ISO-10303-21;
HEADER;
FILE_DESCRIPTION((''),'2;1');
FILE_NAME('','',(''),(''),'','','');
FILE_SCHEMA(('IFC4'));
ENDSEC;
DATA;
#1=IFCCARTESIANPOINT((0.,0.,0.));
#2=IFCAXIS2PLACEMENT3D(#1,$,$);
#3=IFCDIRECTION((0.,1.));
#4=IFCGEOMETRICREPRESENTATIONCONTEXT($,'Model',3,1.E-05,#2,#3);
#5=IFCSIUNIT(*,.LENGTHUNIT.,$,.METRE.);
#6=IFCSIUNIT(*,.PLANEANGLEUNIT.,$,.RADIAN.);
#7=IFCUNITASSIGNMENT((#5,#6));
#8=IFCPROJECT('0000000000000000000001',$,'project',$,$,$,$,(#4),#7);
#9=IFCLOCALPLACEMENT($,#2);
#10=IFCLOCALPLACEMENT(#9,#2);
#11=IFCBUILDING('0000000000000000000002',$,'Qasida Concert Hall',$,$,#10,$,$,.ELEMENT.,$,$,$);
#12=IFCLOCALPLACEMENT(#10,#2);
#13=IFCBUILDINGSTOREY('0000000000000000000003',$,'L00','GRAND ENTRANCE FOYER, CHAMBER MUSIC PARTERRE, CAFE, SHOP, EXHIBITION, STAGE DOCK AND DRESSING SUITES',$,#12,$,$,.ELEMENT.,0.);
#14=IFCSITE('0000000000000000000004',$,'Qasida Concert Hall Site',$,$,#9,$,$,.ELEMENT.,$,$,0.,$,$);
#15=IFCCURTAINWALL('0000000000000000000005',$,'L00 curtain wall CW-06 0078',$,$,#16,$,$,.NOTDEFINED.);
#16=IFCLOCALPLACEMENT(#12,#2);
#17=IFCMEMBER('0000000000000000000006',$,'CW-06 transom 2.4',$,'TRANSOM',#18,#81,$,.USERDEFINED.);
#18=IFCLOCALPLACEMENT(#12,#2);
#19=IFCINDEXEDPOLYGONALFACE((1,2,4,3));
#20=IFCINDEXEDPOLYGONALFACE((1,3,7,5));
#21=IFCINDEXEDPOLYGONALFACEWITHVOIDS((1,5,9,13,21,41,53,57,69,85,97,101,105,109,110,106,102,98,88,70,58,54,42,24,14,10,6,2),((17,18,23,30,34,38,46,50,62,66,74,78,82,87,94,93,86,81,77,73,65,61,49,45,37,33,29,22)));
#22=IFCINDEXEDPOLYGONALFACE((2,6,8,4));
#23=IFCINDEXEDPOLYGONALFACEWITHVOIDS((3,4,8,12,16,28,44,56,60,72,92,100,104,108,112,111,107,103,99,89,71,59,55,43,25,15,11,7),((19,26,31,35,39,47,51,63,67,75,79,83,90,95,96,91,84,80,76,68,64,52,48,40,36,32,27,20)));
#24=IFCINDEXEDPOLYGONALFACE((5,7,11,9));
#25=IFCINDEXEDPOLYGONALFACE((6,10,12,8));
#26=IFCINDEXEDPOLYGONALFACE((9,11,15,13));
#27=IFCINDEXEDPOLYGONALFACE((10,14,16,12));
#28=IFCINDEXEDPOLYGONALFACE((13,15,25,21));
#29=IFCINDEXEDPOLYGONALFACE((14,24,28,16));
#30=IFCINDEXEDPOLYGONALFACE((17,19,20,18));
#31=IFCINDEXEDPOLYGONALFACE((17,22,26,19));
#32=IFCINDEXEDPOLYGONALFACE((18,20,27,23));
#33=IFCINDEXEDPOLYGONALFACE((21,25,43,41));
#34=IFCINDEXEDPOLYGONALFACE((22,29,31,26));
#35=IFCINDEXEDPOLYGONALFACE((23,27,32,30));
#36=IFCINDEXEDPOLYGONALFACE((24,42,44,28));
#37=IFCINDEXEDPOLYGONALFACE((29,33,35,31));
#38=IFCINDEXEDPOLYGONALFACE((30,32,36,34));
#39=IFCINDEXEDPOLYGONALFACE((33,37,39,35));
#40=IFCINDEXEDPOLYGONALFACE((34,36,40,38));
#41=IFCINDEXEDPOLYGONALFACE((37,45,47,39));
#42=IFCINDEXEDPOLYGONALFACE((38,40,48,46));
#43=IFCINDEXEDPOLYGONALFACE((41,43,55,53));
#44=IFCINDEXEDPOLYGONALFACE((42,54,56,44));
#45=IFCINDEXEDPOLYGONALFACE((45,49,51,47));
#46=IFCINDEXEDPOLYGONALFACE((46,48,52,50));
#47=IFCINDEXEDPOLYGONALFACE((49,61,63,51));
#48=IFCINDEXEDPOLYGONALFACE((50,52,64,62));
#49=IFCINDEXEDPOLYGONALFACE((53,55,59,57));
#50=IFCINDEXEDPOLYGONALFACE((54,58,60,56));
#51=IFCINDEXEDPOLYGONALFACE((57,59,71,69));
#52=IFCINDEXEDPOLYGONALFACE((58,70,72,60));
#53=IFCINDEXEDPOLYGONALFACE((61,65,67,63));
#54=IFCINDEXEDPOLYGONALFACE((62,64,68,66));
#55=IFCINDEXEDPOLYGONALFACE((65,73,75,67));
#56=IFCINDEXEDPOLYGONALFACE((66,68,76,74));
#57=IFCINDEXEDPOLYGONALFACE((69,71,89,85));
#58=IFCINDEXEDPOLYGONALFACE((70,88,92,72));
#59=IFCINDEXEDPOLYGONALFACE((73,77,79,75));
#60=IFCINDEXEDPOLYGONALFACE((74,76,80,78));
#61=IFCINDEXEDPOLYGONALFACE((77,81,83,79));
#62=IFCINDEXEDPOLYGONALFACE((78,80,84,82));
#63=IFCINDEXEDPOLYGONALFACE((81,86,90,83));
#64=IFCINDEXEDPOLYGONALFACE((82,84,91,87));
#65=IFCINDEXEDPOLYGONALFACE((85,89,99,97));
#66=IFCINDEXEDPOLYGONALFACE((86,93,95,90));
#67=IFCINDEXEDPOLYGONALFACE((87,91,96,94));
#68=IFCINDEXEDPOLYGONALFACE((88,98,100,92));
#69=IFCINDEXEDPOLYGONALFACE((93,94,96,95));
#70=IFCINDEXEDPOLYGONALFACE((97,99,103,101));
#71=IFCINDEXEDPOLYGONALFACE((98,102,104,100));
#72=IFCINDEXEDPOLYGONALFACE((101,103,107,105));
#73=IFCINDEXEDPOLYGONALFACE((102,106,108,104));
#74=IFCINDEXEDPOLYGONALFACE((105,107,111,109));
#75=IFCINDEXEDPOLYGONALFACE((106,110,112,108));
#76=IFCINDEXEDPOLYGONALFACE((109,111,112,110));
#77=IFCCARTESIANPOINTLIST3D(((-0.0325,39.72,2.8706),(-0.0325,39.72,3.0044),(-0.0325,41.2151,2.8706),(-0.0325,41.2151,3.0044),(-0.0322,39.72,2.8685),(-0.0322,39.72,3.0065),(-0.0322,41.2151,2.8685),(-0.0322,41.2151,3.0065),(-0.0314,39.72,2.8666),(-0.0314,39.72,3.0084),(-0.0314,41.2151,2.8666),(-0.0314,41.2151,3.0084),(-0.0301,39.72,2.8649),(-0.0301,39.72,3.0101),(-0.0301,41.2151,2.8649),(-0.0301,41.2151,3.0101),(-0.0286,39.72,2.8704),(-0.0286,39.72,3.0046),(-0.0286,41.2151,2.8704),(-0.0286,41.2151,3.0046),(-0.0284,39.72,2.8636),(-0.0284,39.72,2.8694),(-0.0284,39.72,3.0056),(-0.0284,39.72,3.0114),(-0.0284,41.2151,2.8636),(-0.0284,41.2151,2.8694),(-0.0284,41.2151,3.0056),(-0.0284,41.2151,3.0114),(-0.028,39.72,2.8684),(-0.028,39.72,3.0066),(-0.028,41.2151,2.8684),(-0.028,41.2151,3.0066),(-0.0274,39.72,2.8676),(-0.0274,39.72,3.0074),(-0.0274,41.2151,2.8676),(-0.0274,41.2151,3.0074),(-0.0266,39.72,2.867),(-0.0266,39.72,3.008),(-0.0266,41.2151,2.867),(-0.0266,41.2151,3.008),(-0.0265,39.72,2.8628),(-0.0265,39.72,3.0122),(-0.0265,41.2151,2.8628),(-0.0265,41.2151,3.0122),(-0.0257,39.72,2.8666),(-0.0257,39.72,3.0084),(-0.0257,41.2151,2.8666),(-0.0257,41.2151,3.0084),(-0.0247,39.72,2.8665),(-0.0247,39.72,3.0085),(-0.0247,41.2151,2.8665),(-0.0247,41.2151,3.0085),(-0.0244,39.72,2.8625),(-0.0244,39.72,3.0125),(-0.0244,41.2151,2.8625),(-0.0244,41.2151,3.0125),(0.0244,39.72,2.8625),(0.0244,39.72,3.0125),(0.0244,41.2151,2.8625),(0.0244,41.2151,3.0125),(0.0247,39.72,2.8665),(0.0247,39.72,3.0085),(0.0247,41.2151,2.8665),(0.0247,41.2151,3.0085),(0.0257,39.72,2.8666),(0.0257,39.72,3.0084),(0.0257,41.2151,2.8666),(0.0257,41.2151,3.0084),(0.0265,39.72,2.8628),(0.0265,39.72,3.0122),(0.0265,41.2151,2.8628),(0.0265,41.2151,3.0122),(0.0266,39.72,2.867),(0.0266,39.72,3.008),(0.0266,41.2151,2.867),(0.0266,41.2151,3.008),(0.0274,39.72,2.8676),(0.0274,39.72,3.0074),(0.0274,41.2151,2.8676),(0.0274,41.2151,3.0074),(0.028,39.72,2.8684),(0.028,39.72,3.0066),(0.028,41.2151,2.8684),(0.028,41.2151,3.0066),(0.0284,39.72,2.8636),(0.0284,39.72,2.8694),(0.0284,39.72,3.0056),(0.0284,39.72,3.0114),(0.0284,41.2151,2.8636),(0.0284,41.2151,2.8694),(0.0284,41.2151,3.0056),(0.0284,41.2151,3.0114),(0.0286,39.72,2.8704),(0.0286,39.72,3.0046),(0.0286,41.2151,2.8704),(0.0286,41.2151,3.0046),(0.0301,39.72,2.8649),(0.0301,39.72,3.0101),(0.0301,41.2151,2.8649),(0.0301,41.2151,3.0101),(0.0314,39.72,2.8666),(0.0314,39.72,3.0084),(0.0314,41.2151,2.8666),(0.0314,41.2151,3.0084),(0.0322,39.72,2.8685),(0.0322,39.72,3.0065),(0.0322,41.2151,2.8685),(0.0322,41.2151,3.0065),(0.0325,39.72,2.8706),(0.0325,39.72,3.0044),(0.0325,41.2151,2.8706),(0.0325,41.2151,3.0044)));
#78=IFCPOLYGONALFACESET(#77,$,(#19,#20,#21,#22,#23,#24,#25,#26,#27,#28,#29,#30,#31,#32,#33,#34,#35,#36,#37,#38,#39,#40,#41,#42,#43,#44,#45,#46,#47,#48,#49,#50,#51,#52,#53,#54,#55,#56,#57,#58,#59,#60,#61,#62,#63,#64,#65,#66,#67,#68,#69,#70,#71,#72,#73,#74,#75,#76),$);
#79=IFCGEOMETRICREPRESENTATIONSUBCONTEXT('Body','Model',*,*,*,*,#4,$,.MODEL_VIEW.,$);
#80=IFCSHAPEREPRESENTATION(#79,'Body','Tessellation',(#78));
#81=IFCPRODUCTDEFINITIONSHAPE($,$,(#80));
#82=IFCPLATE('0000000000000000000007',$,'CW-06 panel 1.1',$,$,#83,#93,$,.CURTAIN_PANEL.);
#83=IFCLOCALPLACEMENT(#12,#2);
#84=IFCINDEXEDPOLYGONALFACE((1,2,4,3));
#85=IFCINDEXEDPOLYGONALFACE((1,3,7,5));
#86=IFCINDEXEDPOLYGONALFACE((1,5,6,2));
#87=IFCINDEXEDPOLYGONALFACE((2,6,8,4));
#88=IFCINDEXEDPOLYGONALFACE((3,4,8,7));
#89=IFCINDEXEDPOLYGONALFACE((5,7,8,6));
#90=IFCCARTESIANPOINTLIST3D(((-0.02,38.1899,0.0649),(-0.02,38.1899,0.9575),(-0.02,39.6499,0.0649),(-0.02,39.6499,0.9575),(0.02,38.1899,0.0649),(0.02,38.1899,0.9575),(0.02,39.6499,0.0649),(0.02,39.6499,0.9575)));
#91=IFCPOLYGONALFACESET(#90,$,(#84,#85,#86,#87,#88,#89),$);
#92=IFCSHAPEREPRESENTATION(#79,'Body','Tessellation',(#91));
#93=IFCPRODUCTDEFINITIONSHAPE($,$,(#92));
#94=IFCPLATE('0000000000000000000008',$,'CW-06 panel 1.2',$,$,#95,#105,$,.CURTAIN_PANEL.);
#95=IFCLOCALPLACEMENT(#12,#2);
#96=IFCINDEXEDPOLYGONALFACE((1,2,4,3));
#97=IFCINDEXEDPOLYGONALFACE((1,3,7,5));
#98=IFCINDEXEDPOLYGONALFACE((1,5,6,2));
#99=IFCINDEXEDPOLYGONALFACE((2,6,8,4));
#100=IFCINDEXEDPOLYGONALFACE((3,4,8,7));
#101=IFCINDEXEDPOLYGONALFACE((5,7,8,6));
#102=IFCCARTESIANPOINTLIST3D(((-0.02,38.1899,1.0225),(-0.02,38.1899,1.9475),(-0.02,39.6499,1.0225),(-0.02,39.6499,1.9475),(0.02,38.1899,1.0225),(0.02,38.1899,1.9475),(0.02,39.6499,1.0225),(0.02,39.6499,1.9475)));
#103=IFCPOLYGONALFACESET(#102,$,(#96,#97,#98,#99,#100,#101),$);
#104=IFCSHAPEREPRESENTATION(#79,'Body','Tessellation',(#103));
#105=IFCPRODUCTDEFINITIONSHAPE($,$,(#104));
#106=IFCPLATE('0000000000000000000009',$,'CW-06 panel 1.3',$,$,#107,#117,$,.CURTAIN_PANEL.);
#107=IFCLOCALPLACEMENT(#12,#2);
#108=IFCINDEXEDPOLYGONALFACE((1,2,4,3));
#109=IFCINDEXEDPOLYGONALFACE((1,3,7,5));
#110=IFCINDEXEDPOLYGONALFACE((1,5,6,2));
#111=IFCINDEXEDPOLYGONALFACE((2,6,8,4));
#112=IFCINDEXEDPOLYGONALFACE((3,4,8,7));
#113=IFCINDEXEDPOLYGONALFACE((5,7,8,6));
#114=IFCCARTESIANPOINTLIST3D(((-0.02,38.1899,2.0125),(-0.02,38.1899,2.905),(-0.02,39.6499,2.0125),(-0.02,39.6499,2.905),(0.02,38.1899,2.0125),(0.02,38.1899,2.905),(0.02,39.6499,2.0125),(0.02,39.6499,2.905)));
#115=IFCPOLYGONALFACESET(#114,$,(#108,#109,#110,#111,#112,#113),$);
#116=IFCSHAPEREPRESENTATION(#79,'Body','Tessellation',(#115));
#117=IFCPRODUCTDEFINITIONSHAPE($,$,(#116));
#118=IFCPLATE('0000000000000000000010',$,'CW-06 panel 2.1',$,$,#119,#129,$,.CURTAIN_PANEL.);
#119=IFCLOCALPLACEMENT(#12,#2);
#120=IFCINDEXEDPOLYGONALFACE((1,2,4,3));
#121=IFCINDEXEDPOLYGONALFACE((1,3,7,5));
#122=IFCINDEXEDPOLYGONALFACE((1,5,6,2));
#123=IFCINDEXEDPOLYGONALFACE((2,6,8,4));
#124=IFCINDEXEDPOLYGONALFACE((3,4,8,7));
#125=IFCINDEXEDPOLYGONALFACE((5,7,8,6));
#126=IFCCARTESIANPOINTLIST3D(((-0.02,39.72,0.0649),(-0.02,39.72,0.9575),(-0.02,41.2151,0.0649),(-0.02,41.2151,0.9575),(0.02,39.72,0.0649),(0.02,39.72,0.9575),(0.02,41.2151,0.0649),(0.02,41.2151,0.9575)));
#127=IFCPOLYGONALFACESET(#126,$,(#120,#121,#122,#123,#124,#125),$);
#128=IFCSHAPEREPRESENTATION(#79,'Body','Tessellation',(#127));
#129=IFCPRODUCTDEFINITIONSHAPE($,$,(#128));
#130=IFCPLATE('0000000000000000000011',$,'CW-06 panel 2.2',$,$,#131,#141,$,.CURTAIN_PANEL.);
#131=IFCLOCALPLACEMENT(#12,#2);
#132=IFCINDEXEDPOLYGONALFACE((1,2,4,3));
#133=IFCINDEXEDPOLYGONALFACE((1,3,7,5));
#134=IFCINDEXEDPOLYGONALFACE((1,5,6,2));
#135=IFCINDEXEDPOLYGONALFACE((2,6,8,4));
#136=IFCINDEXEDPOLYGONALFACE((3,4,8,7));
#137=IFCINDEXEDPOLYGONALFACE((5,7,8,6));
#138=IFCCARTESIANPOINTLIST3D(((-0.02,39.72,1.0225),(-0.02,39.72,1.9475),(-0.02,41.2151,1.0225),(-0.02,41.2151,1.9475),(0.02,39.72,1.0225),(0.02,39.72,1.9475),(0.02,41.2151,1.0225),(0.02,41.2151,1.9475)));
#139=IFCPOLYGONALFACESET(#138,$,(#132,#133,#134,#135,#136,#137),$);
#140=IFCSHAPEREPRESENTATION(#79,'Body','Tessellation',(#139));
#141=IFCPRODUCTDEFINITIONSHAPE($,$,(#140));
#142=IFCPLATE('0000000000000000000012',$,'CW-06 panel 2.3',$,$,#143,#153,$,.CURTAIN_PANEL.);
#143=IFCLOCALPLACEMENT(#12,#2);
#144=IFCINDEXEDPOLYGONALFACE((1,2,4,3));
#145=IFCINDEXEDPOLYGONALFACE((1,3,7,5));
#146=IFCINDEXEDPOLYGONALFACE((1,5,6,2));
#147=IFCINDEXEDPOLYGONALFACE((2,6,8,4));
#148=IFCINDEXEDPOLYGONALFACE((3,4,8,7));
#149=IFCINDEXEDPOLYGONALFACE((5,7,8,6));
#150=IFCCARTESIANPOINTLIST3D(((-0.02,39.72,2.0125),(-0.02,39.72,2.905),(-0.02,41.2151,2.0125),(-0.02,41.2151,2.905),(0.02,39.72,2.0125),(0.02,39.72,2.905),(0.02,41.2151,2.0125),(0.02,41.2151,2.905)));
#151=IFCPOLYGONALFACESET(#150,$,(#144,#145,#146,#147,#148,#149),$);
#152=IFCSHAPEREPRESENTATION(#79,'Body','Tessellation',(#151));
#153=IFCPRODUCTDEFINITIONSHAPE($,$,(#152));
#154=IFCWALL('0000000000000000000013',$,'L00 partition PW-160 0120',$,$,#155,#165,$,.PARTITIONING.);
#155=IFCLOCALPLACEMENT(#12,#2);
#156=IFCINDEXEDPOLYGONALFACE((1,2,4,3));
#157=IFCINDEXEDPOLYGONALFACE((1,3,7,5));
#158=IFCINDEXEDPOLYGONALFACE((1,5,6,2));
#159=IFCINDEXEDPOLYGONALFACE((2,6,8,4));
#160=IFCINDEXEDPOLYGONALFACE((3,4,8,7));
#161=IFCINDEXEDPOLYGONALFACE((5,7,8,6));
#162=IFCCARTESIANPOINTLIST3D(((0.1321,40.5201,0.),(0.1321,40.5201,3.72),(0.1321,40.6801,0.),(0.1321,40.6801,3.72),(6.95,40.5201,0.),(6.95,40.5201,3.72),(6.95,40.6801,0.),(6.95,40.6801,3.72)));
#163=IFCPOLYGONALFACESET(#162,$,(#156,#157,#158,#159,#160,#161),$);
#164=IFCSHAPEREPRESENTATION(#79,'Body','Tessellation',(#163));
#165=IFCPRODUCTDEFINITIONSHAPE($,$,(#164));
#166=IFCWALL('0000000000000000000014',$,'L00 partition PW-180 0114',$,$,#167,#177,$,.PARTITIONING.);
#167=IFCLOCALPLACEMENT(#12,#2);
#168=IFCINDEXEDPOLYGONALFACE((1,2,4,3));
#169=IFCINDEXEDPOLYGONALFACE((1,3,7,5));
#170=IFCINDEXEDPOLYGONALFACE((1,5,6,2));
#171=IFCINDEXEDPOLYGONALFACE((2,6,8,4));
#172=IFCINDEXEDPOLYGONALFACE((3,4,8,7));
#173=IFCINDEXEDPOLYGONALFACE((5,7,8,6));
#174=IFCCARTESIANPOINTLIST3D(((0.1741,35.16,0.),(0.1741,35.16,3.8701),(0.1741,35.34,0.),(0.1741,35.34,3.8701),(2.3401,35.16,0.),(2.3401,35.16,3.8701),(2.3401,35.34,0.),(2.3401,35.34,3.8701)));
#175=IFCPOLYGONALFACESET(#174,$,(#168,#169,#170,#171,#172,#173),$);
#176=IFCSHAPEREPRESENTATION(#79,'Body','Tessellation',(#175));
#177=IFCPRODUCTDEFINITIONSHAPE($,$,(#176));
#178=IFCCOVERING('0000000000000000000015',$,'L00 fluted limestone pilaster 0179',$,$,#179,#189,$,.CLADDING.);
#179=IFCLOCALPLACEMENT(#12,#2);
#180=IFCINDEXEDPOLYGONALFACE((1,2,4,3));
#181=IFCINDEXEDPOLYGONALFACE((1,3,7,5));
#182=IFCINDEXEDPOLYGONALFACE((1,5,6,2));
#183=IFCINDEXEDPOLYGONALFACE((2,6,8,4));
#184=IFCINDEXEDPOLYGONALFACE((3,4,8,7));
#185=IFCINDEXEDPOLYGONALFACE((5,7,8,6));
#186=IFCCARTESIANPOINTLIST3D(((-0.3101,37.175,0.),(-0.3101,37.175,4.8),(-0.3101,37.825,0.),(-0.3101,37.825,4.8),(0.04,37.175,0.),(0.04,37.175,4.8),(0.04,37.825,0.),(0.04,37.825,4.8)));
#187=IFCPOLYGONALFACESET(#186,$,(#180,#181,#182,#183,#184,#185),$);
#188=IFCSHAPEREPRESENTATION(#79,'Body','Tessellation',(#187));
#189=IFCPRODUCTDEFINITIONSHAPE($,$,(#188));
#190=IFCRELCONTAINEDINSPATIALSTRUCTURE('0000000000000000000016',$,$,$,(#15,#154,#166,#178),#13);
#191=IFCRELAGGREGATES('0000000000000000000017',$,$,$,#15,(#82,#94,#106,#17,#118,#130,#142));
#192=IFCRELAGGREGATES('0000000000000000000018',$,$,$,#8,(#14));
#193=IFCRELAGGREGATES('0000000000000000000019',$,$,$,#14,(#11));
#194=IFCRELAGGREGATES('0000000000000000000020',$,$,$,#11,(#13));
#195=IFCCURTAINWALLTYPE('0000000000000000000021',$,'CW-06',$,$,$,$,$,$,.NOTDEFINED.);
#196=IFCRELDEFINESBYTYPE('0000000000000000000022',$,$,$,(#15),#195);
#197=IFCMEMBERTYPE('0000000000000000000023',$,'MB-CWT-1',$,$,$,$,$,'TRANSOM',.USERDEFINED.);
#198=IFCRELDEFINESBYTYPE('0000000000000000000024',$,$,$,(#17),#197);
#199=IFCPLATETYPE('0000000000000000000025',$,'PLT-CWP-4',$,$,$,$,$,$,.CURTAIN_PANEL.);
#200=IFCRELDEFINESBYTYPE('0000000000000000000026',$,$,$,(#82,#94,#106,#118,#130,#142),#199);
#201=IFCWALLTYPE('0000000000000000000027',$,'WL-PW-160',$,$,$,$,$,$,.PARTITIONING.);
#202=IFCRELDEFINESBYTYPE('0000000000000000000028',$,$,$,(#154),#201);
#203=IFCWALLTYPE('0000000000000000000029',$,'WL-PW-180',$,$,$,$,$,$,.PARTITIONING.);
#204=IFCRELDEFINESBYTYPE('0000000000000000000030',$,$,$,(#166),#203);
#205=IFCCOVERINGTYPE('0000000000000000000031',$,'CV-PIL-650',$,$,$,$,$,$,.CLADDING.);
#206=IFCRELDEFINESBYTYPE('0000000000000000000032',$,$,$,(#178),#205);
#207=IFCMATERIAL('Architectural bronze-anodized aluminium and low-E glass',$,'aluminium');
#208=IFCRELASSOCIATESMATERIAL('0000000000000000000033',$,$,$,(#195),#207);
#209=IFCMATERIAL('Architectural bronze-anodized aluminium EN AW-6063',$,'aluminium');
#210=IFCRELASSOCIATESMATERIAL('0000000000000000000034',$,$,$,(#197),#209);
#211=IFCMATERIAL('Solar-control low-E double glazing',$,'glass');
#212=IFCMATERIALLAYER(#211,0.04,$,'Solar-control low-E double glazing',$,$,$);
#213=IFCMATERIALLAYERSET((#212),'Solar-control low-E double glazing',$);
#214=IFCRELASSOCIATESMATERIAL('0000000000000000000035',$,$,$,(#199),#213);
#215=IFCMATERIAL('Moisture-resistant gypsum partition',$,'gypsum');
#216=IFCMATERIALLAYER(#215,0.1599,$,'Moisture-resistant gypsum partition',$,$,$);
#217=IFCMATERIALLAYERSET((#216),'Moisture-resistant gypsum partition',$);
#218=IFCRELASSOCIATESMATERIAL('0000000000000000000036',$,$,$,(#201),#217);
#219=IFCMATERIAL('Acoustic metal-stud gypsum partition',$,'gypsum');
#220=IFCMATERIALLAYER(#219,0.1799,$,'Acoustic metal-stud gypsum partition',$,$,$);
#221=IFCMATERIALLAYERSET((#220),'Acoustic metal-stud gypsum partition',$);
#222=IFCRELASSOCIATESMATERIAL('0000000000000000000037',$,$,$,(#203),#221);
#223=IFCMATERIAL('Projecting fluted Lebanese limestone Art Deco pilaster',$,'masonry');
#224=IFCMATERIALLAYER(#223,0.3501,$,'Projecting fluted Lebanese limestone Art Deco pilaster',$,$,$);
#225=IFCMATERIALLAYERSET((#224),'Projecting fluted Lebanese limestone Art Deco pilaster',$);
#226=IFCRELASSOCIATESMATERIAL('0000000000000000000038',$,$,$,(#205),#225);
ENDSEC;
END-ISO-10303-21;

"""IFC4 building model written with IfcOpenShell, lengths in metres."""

from ifc_helpers import new_model, si_unit, direction, frame, frame_2d, origin, origin_2d, place, context, subcontext, project, spatial, rectangle, hollow_rectangle, extrude, material, layer, layer_set, material_profile, profile_set, type_object, element, aggregate, save


model = new_model("IFC4")

# Units and contexts
model_context = context("Model", 3, precision=1e-05, world=origin(), true_north=direction((0.0, 1.0)))
body_context = subcontext(model_context, "Body", "Model", "MODEL_VIEW")
ifc_project = project(units=[si_unit("LENGTHUNIT", "METRE"), si_unit("PLANEANGLEUNIT", "RADIAN")], contexts=[model_context])

# Site, building, storey
site_placement = place(None, origin())
site = spatial("IfcSite", under=ifc_project, at=site_placement, Name="Qasida Concert Hall Site", CompositionType="ELEMENT", RefElevation=0.0)
building_placement = place(site_placement, origin())
building = spatial("IfcBuilding", under=site, at=building_placement, Name="Qasida Concert Hall", CompositionType="ELEMENT")
storey_placement = place(building_placement, origin())
storey = spatial("IfcBuildingStorey", under=building, at=storey_placement, Name="L00", Description="GRAND ENTRANCE FOYER, CHAMBER MUSIC PARTERRE, CAFE, SHOP, EXHIBITION, STAGE DOCK AND DRESSING SUITES", CompositionType="ELEMENT", Elevation=0.0)

# Curtain wall, member, plates
ifc_material_1 = material(Name="Architectural bronze-anodized aluminium and low-E glass", Category="aluminium")
curtain_wall_type = type_object("IfcCurtainWallType", Name="CW-06", PredefinedType="NOTDEFINED", material=ifc_material_1)
curtain_wall_placement = place(storey_placement, origin())
curtain_wall = element("IfcCurtainWall", 1, at=curtain_wall_placement, inside=storey, type_object=curtain_wall_type, Name="L00 curtain wall CW-06 0078", PredefinedType="NOTDEFINED")
ifc_material_2 = material(Name="Architectural bronze-anodized aluminium EN AW-6063", Category="aluminium")
ifc_material_profile_1 = material_profile(ifc_material_2, hollow_rectangle(XDim=0.0649, YDim=0.1499, WallThickness=0.0039, InnerFilletRadius=0.0039, OuterFilletRadius=0.0081, at=origin_2d()), Name="CWT 150x65x4")
ifc_profile_set_1 = profile_set([ifc_material_profile_1], Name="Architectural bronze-anodized aluminium EN AW-6063")
member_type_1 = type_object("IfcMemberType", Name="MB-CWT-1", ElementType="TRANSOM", PredefinedType="USERDEFINED", material=ifc_profile_set_1)
member_1_placement = place(storey_placement, frame((0.0, 39.72, 2.9375), z_axis=(0.0, 1.0, 0.0), x_axis=(-1.0, 0.0, 0.0)))
member_1 = element("IfcMember", 2, at=member_1_placement, type_object=member_type_1, Name="CW-06 transom 2.4", ObjectType="TRANSOM", PredefinedType="USERDEFINED", context=body_context, shape_type="SweptSolid", body=[
    extrude(hollow_rectangle(XDim=0.0649, YDim=0.1499, WallThickness=0.0039, InnerFilletRadius=0.0039, OuterFilletRadius=0.0081, at=origin_2d()), origin(), (0.0, 0.0, 1.0), 1.4951),
])
ifc_material_3 = material(Name="Solar-control low-E double glazing", Category="glass")
ifc_layer_1 = layer(ifc_material_3, 0.04, Name="Solar-control low-E double glazing")
ifc_layer_set_1 = layer_set([ifc_layer_1], Name="Solar-control low-E double glazing")
plate_type = type_object("IfcPlateType", Name="PLT-CWP-4", PredefinedType="CURTAIN_PANEL", material=ifc_layer_set_1)
plate_1_placement = place(storey_placement, frame((0.0, 38.9199, 0.0649), z_axis=(0.0, 0.0, 1.0), x_axis=(0.0, 1.0, 0.0)))
plate_1 = element("IfcPlate", 3, at=plate_1_placement, type_object=plate_type, Name="CW-06 panel 1.1", PredefinedType="CURTAIN_PANEL", context=body_context, shape_type="SweptSolid", body=[
    extrude(rectangle(XDim=1.46, YDim=0.04, at=origin_2d()), origin(), (0.0, 0.0, 1.0), 0.8926),
])
plate_2_placement = place(storey_placement, frame((0.0, 38.9199, 1.0225), z_axis=(0.0, 0.0, 1.0), x_axis=(0.0, 1.0, 0.0)))
plate_2 = element("IfcPlate", 4, at=plate_2_placement, type_object=plate_type, Name="CW-06 panel 1.2", PredefinedType="CURTAIN_PANEL", context=body_context, shape_type="SweptSolid", body=[
    extrude(rectangle(XDim=1.46, YDim=0.04, at=origin_2d()), origin(), (0.0, 0.0, 1.0), 0.925),
])
plate_3_placement = place(storey_placement, frame((0.0, 38.9199, 2.0125), z_axis=(0.0, 0.0, 1.0), x_axis=(0.0, 1.0, 0.0)))
plate_3 = element("IfcPlate", 5, at=plate_3_placement, type_object=plate_type, Name="CW-06 panel 1.3", PredefinedType="CURTAIN_PANEL", context=body_context, shape_type="SweptSolid", body=[
    extrude(rectangle(XDim=1.46, YDim=0.04, at=origin_2d()), origin(), (0.0, 0.0, 1.0), 0.8926),
])
plate_4_placement = place(storey_placement, frame((0.0, 40.4675, 0.0649), z_axis=(0.0, 0.0, 1.0), x_axis=(0.0, 1.0, 0.0)))
plate_4 = element("IfcPlate", 6, at=plate_4_placement, type_object=plate_type, Name="CW-06 panel 2.1", PredefinedType="CURTAIN_PANEL", context=body_context, shape_type="SweptSolid", body=[
    extrude(rectangle(XDim=1.4951, YDim=0.04, at=origin_2d()), origin(), (0.0, 0.0, 1.0), 0.8926),
])
plate_5_placement = place(storey_placement, frame((0.0, 40.4675, 1.0225), z_axis=(0.0, 0.0, 1.0), x_axis=(0.0, 1.0, 0.0)))
plate_5 = element("IfcPlate", 7, at=plate_5_placement, type_object=plate_type, Name="CW-06 panel 2.2", PredefinedType="CURTAIN_PANEL", context=body_context, shape_type="SweptSolid", body=[
    extrude(rectangle(XDim=1.4951, YDim=0.04, at=origin_2d()), origin(), (0.0, 0.0, 1.0), 0.925),
])
plate_6_placement = place(storey_placement, frame((0.0, 40.4675, 2.0125), z_axis=(0.0, 0.0, 1.0), x_axis=(0.0, 1.0, 0.0)))
plate_6 = element("IfcPlate", 8, at=plate_6_placement, type_object=plate_type, Name="CW-06 panel 2.3", PredefinedType="CURTAIN_PANEL", context=body_context, shape_type="SweptSolid", body=[
    extrude(rectangle(XDim=1.4951, YDim=0.04, at=origin_2d()), origin(), (0.0, 0.0, 1.0), 0.8926),
])
aggregate(curtain_wall, [plate_1, plate_2, plate_3, member_1, plate_4, plate_5, plate_6])

# Walls
ifc_material_4 = material(Name="Moisture-resistant gypsum partition", Category="gypsum")
ifc_layer_2 = layer(ifc_material_4, 0.1599, Name="Moisture-resistant gypsum partition")
ifc_layer_set_2 = layer_set([ifc_layer_2], Name="Moisture-resistant gypsum partition")
wall_type_1 = type_object("IfcWallType", Name="WL-PW-160", PredefinedType="PARTITIONING", material=ifc_layer_set_2)
wall_1_placement = place(storey_placement, frame((0.1321, 40.6001, 0.0), z_axis=(0.0, 0.0, 1.0), x_axis=(1.0, 0.0, 0.0)))
element("IfcWall", 9, at=wall_1_placement, inside=storey, type_object=wall_type_1, Name="L00 partition PW-160 0120", PredefinedType="PARTITIONING", context=body_context, shape_type="SweptSolid", body=[
    extrude(rectangle(XDim=6.8179, YDim=0.1599, at=frame_2d((3.4089, 0.0))), origin(), (0.0, 0.0, 1.0), 3.72),
])
ifc_material_5 = material(Name="Acoustic metal-stud gypsum partition", Category="gypsum")
ifc_layer_3 = layer(ifc_material_5, 0.1799, Name="Acoustic metal-stud gypsum partition")
ifc_layer_set_3 = layer_set([ifc_layer_3], Name="Acoustic metal-stud gypsum partition")
wall_type_2 = type_object("IfcWallType", Name="WL-PW-180", PredefinedType="PARTITIONING", material=ifc_layer_set_3)
wall_2_placement = place(storey_placement, frame((0.1741, 35.25, 0.0), z_axis=(0.0, 0.0, 1.0), x_axis=(1.0, 0.0, 0.0)))
element("IfcWall", 10, at=wall_2_placement, inside=storey, type_object=wall_type_2, Name="L00 partition PW-180 0114", PredefinedType="PARTITIONING", context=body_context, shape_type="SweptSolid", body=[
    extrude(rectangle(XDim=2.166, YDim=0.1799, at=frame_2d((1.083, 0.0))), origin(), (0.0, 0.0, 1.0), 3.8701),
])

# Covering
ifc_material_6 = material(Name="Projecting fluted Lebanese limestone Art Deco pilaster", Category="masonry")
ifc_layer_4 = layer(ifc_material_6, 0.3501, Name="Projecting fluted Lebanese limestone Art Deco pilaster")
ifc_layer_set_4 = layer_set([ifc_layer_4], Name="Projecting fluted Lebanese limestone Art Deco pilaster")
covering_type = type_object("IfcCoveringType", Name="CV-PIL-650", PredefinedType="CLADDING", material=ifc_layer_set_4)
covering_placement = place(storey_placement, frame((-0.135, 37.5, 0.0), z_axis=(0.0, 0.0, 1.0), x_axis=(1.0, 0.0, 0.0)))
element("IfcCovering", 11, at=covering_placement, inside=storey, type_object=covering_type, Name="L00 fluted limestone pilaster 0179", PredefinedType="CLADDING", context=body_context, shape_type="SweptSolid", body=[
    extrude(rectangle(XDim=0.3501, YDim=0.6499, at=origin_2d()), origin(), (0.0, 0.0, 1.0), 4.8),
])

save(model, "model.ifc")
